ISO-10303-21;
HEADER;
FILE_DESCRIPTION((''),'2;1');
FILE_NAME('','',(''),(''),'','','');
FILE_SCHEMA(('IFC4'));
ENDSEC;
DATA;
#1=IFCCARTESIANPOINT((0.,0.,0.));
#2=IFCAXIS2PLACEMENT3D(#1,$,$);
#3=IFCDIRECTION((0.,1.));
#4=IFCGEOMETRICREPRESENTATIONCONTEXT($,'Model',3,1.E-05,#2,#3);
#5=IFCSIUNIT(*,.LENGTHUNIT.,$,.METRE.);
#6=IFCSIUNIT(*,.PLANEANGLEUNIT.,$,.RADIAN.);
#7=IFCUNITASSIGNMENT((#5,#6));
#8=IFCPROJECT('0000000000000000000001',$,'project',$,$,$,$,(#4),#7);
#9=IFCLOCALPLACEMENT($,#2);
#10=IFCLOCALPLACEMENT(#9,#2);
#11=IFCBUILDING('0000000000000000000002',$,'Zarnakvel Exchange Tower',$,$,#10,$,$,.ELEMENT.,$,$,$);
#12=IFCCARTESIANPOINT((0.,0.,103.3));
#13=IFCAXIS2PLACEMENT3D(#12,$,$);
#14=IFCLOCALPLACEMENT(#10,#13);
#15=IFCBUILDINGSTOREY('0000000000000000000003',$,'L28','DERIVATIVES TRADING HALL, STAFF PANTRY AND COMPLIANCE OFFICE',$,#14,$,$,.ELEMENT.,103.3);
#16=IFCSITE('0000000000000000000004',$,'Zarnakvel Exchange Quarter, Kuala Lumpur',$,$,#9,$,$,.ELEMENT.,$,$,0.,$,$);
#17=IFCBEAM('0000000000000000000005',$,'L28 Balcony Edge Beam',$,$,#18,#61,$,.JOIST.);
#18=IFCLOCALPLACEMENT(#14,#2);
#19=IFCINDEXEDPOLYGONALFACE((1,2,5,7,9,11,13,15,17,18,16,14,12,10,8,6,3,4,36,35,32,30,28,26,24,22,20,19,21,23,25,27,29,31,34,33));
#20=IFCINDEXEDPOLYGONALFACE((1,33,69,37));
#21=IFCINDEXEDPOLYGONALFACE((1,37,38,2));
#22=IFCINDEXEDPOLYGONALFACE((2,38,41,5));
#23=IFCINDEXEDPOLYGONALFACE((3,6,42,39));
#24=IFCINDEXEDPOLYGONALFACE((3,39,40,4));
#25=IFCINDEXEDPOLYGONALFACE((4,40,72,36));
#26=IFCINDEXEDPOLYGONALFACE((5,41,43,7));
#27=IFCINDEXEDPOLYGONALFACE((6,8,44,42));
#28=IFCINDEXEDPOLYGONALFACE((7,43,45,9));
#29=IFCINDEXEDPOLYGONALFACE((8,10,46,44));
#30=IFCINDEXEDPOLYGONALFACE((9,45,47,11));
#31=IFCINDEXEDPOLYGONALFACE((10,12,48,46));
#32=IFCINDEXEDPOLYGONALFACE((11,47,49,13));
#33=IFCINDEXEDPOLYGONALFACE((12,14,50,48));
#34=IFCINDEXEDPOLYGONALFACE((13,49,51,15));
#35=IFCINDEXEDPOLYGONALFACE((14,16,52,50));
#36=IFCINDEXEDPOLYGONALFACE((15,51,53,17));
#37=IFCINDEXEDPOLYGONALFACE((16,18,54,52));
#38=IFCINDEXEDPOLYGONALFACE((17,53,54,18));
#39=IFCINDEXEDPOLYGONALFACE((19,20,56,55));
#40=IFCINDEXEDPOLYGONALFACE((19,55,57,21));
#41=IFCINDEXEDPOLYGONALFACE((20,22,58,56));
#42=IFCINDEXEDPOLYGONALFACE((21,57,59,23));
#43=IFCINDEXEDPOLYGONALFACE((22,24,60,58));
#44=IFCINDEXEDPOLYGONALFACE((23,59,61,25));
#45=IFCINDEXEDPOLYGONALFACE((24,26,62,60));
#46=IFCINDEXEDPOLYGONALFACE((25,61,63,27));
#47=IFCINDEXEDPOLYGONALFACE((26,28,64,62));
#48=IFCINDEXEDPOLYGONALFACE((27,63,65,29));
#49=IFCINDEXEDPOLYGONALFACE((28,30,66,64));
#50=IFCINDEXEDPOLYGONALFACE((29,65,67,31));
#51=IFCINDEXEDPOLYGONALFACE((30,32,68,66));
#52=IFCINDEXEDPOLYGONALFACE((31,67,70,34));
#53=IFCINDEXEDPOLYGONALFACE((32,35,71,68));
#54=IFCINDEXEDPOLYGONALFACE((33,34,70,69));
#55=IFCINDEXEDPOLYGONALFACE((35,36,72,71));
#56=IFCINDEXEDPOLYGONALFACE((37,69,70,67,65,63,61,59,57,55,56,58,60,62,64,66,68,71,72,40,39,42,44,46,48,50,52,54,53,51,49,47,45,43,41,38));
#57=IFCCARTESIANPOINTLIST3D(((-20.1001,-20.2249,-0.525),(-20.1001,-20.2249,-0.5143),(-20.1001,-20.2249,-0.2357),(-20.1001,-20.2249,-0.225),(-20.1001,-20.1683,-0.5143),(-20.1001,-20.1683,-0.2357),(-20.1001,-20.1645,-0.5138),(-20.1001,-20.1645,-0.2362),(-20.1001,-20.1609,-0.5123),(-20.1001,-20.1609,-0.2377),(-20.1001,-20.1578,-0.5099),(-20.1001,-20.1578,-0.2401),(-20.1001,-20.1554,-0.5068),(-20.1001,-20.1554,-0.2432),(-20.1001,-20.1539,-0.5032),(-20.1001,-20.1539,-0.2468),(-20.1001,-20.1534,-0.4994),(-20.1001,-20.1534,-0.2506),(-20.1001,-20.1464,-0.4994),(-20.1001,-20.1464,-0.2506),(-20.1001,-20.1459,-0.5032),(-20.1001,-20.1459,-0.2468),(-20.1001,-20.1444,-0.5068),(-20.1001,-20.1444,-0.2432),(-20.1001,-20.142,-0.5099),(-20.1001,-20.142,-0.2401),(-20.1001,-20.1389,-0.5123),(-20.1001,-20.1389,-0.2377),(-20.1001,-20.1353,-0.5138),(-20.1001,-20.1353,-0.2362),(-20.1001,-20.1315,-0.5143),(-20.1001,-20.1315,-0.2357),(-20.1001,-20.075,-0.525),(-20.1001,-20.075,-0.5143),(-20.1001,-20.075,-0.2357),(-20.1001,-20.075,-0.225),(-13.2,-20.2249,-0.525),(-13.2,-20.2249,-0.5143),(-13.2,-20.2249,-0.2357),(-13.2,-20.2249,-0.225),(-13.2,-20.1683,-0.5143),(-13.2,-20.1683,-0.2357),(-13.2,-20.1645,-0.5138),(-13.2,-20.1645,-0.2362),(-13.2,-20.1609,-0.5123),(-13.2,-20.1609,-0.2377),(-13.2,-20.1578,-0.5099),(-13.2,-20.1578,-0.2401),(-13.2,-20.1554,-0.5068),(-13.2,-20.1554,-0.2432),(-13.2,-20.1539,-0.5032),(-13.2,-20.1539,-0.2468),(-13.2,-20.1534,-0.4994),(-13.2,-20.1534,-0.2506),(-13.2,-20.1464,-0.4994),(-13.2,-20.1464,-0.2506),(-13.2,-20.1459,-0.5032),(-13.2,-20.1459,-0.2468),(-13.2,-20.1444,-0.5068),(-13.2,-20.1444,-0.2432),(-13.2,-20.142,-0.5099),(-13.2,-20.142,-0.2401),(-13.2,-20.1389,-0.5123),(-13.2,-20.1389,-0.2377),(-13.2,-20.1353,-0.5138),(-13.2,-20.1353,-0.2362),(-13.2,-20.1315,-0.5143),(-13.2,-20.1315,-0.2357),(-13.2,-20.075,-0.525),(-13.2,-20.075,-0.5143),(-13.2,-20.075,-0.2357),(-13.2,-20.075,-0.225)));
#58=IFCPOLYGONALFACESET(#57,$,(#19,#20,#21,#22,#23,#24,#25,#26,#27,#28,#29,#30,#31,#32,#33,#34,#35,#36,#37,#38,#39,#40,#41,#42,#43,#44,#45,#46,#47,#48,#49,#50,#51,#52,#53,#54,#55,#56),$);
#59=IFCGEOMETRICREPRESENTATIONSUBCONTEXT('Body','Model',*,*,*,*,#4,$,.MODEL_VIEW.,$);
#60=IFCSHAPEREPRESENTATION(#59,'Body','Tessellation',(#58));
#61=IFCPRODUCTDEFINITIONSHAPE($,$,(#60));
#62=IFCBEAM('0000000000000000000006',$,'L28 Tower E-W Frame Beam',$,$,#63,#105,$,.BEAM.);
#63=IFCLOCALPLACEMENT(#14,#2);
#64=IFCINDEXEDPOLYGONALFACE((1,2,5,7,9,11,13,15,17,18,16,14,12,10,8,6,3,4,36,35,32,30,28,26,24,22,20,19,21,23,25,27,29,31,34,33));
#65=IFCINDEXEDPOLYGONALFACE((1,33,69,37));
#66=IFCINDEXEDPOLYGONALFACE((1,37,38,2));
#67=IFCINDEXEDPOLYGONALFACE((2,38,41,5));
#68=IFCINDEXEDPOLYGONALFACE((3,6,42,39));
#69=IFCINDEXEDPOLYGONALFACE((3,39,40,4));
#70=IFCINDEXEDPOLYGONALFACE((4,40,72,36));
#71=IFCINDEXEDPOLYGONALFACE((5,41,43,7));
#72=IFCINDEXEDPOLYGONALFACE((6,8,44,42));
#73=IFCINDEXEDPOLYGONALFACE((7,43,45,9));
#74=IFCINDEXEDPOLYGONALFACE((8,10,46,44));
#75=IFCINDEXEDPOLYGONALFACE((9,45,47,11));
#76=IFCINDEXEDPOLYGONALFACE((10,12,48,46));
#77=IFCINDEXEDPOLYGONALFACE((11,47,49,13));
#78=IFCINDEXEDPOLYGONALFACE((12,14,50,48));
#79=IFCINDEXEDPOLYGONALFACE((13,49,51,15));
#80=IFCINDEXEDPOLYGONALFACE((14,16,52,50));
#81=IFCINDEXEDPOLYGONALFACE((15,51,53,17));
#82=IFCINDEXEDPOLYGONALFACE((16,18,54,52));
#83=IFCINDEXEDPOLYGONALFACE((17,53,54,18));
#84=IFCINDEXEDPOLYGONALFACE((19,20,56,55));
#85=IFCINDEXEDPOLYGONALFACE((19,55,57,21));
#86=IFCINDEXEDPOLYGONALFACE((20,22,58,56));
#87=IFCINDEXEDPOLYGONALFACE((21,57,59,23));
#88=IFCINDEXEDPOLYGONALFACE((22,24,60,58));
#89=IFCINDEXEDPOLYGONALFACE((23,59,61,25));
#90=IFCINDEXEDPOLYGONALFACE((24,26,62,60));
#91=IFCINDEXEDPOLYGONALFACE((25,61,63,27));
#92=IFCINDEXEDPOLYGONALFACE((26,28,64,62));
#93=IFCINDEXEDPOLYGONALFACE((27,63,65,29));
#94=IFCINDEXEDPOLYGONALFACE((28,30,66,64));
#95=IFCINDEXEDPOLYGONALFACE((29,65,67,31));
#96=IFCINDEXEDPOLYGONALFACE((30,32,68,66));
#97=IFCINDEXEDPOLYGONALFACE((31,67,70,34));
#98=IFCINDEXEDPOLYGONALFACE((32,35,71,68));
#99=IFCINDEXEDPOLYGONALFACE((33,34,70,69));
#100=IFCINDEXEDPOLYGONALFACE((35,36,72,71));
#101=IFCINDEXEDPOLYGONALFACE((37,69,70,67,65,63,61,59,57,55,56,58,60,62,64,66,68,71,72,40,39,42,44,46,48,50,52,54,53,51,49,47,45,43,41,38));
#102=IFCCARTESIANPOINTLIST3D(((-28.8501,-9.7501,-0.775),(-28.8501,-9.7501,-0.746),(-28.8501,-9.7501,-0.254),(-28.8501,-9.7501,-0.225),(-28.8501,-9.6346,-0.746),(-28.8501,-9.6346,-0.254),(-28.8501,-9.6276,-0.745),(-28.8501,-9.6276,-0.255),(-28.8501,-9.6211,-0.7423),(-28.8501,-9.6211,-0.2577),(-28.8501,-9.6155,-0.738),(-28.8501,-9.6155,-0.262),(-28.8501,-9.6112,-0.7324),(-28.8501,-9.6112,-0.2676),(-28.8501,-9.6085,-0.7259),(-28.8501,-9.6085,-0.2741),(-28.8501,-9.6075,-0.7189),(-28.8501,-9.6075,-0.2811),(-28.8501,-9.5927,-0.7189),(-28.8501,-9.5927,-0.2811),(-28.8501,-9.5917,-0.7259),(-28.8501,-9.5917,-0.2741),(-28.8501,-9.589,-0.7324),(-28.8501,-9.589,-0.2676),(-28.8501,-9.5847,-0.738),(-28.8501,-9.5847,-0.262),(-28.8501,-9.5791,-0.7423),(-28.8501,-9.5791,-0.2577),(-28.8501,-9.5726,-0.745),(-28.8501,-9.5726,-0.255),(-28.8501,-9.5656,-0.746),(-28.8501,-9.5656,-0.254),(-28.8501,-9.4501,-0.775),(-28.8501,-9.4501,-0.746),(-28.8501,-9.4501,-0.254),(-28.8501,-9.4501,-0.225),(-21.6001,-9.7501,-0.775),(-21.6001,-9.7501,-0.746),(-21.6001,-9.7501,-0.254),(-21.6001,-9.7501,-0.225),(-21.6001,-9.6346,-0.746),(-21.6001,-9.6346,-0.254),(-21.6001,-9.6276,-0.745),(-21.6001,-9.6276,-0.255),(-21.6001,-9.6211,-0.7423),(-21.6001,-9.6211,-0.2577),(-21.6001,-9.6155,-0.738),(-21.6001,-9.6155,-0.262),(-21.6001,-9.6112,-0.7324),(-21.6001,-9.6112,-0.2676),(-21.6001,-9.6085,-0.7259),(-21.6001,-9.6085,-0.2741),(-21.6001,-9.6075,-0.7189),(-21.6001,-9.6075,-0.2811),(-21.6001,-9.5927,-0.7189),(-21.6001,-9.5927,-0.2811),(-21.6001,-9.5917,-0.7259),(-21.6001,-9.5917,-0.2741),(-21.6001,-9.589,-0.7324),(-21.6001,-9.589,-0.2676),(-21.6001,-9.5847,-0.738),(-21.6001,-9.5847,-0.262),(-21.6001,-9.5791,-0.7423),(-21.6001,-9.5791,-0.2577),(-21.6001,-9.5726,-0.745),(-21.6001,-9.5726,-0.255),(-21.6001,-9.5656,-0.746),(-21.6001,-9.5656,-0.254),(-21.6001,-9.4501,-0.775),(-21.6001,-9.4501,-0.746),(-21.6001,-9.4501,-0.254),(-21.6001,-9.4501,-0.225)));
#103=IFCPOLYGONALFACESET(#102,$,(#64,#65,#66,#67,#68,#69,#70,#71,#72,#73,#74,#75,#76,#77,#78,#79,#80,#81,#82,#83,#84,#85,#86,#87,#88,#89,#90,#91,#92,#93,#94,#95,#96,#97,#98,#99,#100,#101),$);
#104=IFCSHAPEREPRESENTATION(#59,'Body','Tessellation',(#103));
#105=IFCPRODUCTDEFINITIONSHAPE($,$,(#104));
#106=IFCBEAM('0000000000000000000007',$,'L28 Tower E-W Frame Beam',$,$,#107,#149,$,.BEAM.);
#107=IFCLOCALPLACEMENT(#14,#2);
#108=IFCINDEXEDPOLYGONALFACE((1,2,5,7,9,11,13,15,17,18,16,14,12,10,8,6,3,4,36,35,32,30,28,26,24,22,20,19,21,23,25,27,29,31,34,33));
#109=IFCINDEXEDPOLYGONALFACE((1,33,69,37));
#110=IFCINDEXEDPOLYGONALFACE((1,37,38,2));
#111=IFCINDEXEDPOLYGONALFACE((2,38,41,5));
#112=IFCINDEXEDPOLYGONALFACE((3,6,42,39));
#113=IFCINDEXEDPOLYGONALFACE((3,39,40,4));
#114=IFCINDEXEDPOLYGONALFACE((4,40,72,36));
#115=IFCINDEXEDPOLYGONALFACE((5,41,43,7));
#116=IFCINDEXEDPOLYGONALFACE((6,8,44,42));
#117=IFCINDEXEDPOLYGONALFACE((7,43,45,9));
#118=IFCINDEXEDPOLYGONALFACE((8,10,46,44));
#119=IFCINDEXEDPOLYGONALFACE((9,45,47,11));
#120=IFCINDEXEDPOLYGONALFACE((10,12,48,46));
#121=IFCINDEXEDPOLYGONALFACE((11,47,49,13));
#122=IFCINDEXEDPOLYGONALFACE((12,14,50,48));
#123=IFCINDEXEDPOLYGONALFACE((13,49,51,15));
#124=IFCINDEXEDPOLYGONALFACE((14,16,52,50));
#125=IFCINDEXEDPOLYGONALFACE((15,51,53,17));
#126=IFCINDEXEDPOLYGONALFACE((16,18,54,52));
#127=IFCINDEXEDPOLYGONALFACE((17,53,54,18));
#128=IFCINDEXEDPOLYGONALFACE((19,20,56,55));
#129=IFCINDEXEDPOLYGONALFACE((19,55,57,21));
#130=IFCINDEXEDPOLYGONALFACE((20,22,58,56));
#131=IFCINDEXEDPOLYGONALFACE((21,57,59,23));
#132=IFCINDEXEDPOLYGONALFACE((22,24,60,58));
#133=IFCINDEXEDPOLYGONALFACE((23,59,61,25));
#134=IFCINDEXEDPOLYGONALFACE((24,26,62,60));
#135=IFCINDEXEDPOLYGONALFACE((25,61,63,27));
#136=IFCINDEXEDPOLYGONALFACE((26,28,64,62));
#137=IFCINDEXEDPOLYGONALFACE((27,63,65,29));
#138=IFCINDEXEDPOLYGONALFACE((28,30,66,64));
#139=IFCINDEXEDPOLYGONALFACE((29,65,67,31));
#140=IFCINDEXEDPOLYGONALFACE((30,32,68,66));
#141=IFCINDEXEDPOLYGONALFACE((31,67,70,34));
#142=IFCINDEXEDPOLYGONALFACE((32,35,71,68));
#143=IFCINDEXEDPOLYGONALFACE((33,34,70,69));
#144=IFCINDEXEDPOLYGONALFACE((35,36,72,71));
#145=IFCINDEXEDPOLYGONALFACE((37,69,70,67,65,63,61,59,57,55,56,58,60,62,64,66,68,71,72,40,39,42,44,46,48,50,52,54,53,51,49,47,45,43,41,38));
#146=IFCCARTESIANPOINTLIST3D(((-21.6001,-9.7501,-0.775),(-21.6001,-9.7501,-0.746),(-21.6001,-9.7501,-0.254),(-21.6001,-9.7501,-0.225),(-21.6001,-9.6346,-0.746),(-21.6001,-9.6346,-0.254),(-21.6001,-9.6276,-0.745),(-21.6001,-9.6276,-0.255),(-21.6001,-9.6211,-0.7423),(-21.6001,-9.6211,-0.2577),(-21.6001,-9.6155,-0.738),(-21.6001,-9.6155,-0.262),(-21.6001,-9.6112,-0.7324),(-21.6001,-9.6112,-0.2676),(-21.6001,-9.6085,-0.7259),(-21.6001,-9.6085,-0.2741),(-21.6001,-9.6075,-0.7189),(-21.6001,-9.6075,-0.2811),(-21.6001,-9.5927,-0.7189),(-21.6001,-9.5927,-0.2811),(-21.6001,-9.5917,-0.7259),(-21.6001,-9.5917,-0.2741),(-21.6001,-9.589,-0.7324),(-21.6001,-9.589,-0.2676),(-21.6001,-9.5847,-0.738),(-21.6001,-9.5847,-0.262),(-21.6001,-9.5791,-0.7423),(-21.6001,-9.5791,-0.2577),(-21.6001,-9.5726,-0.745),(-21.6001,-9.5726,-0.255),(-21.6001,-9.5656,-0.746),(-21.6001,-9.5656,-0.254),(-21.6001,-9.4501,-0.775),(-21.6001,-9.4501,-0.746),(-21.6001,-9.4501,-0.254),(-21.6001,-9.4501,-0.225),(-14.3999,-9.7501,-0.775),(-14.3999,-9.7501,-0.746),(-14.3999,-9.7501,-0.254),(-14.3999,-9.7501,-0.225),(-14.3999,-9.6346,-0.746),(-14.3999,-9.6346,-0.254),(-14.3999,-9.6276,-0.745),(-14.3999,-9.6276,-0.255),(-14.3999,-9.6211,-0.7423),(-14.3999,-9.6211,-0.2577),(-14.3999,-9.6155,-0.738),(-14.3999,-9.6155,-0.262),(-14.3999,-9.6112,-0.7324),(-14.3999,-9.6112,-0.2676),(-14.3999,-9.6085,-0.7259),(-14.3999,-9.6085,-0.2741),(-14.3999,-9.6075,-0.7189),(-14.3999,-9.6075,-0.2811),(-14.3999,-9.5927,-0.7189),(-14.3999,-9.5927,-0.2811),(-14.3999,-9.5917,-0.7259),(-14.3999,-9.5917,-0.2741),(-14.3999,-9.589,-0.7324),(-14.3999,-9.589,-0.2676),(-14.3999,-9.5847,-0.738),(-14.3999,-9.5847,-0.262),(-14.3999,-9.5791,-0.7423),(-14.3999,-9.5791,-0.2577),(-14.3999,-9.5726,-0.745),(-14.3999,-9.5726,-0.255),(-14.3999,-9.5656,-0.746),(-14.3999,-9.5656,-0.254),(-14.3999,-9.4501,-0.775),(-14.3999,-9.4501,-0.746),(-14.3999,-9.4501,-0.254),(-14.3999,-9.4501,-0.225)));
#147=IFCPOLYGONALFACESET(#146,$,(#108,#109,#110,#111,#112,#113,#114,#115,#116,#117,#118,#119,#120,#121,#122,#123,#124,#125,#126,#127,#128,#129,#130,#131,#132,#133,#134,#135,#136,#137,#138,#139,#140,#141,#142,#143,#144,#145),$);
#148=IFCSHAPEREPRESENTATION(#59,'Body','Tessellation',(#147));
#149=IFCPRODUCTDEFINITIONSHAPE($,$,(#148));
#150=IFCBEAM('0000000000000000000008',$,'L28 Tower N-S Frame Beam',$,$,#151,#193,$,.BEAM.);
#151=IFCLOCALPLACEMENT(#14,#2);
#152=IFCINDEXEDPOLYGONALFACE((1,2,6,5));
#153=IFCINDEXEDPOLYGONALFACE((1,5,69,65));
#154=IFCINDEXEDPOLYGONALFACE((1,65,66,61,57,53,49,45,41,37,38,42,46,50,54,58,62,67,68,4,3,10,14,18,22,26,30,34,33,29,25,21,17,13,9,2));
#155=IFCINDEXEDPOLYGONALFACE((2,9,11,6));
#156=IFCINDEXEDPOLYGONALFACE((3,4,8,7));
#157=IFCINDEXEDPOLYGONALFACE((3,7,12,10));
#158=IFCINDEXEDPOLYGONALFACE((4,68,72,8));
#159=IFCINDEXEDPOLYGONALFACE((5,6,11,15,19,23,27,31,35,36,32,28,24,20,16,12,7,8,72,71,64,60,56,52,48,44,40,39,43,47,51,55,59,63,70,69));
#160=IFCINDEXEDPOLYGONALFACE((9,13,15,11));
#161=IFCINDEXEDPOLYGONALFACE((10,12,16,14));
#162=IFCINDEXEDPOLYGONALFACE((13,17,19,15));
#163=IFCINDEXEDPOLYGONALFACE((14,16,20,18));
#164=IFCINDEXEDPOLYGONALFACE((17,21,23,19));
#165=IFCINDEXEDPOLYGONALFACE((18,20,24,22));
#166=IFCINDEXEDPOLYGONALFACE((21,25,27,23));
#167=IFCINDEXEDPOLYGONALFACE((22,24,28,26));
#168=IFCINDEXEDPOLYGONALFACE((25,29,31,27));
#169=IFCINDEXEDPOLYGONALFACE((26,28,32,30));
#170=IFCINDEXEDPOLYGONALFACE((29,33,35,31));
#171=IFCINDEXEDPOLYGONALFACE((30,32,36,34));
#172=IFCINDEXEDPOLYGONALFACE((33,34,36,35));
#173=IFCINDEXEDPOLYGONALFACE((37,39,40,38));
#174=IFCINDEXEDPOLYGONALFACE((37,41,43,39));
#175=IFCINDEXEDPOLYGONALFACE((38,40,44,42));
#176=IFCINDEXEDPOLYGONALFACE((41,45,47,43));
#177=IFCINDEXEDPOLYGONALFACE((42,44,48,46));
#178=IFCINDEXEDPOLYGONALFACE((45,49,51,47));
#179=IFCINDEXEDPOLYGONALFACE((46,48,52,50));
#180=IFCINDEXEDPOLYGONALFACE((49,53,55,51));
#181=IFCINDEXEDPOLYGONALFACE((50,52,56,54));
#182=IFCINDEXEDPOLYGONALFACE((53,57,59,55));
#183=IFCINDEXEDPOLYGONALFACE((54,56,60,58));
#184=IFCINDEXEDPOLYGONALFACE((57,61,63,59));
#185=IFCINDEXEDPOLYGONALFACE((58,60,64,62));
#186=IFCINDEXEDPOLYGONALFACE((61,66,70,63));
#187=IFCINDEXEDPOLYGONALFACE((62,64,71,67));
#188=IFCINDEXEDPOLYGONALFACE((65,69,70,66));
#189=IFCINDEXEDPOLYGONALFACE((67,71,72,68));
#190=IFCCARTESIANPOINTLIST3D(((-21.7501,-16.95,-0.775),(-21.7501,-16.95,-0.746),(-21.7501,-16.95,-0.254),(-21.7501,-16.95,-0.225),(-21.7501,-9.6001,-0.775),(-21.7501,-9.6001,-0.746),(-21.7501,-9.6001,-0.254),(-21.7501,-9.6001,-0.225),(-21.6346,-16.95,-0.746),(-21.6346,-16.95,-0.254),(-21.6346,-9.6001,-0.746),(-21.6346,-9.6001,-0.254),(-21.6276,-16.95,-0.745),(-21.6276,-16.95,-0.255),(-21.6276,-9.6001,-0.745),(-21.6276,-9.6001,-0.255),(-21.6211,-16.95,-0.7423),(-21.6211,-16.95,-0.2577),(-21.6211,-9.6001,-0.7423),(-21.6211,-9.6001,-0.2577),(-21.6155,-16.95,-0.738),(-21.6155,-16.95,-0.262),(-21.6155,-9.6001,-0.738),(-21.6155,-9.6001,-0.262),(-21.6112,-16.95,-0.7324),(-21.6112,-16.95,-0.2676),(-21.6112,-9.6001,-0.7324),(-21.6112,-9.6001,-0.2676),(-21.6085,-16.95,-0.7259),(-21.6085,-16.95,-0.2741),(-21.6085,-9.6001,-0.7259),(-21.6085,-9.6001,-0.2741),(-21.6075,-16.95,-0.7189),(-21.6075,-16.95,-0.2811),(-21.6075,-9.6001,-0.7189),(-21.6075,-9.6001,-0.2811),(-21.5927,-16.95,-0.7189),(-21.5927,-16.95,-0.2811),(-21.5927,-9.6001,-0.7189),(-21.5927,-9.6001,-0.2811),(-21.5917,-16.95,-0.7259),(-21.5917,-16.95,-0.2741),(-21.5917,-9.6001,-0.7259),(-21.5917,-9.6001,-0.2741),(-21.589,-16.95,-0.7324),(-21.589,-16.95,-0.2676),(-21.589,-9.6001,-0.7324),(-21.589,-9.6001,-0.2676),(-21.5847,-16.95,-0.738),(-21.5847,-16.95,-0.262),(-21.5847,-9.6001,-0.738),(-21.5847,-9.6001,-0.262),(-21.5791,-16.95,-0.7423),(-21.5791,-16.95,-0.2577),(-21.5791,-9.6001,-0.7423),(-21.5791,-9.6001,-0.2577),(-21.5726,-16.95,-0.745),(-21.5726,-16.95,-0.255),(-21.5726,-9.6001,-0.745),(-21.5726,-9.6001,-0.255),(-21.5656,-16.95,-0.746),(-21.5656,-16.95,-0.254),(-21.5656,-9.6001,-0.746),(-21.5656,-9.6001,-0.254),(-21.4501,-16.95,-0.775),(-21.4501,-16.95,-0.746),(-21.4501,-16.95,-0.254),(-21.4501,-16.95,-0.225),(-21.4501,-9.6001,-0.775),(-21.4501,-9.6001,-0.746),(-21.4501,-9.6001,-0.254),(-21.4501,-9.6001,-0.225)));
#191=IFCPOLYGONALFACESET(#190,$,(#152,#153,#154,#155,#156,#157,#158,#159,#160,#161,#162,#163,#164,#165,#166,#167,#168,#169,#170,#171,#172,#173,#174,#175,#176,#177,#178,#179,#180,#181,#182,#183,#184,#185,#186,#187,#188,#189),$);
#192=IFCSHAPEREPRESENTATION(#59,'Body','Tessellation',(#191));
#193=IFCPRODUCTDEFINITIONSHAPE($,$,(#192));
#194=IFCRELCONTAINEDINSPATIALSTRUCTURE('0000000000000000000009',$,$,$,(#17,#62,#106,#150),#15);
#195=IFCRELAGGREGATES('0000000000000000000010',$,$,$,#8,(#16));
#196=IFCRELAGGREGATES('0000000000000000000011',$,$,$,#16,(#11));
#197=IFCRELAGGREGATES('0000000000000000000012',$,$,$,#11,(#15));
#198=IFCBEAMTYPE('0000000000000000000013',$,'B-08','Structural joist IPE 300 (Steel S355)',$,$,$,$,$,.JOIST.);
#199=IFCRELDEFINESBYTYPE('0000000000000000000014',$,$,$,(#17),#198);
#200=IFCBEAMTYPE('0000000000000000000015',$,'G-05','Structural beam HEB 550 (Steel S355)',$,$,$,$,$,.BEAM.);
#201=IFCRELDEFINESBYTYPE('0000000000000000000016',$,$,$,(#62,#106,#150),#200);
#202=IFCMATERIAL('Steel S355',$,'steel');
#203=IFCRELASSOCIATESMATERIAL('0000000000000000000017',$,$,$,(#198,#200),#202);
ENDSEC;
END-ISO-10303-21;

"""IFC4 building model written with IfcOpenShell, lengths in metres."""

from ifc_helpers import new_model, si_unit, direction, frame, origin, origin_2d, place, context, subcontext, project, spatial, i_section, extrude, material, material_profile, profile_set, type_object, element, save


model = new_model("IFC4")

# Units and contexts
model_context = context("Model", 3, precision=1e-05, world=origin(), true_north=direction((0.0, 1.0)))
body_context = subcontext(model_context, "Body", "Model", "MODEL_VIEW")
ifc_project = project(units=[si_unit("LENGTHUNIT", "METRE"), si_unit("PLANEANGLEUNIT", "RADIAN")], contexts=[model_context])

# Site, building, storey
site_placement = place(None, origin())
site = spatial("IfcSite", under=ifc_project, at=site_placement, Name="Zarnakvel Exchange Quarter, Kuala Lumpur", CompositionType="ELEMENT", RefElevation=0.0)
building_placement = place(site_placement, origin())
building = spatial("IfcBuilding", under=site, at=building_placement, Name="Zarnakvel Exchange Tower", CompositionType="ELEMENT")
storey_placement = place(building_placement, frame((0.0, 0.0, 103.3)))
storey = spatial("IfcBuildingStorey", under=building, at=storey_placement, Name="L28", Description="DERIVATIVES TRADING HALL, STAFF PANTRY AND COMPLIANCE OFFICE", CompositionType="ELEMENT", Elevation=103.3)

# Shared definitions
ifc_material_1 = material(Name="Steel S355", Category="steel")

# Beams
ifc_material_profile_1 = material_profile(ifc_material_1, i_section(OverallWidth=0.1499, OverallDepth=0.3, WebThickness=0.0071, FlangeThickness=0.0107, FilletRadius=0.0149, at=origin_2d()))
ifc_profile_set_1 = profile_set([ifc_material_profile_1], Name="Steel S355")
beam_type_1 = type_object("IfcBeamType", Name="B-08", Description="Structural joist IPE 300 (Steel S355)", PredefinedType="JOIST", material=ifc_profile_set_1)
beam_1_placement = place(storey_placement, frame((-20.1001, -20.1499, -0.375), z_axis=(1.0, 0.0, 0.0), x_axis=(0.0, 1.0, 0.0)))
element("IfcBeam", 1, at=beam_1_placement, inside=storey, type_object=beam_type_1, Name="L28 Balcony Edge Beam", PredefinedType="JOIST", context=body_context, shape_type="SweptSolid", body=[
    extrude(i_section(OverallWidth=0.1499, OverallDepth=0.3, WebThickness=0.0071, FlangeThickness=0.0107, FilletRadius=0.0149, at=origin_2d()), origin(), (0.0, 0.0, 1.0), 6.9001),
])
ifc_material_profile_2 = material_profile(ifc_material_1, i_section(OverallWidth=0.3, OverallDepth=0.55, WebThickness=0.0149, FlangeThickness=0.0291, FilletRadius=0.0271, at=origin_2d()))
ifc_profile_set_2 = profile_set([ifc_material_profile_2], Name="Steel S355")
beam_type_2 = type_object("IfcBeamType", Name="G-05", Description="Structural beam HEB 550 (Steel S355)", PredefinedType="BEAM", material=ifc_profile_set_2)
beam_2_placement = place(storey_placement, frame((-28.8501, -9.6001, -0.5), z_axis=(1.0, 0.0, 0.0), x_axis=(0.0, 1.0, 0.0)))
element("IfcBeam", 2, at=beam_2_placement, inside=storey, type_object=beam_type_2, Name="L28 Tower E-W Frame Beam", PredefinedType="BEAM", context=body_context, shape_type="SweptSolid", body=[
    extrude(i_section(OverallWidth=0.3, OverallDepth=0.55, WebThickness=0.0149, FlangeThickness=0.0291, FilletRadius=0.0271, at=origin_2d()), origin(), (0.0, 0.0, 1.0), 7.25),
])
beam_3_placement = place(storey_placement, frame((-21.6001, -9.6001, -0.5), z_axis=(1.0, 0.0, 0.0), x_axis=(0.0, 1.0, 0.0)))
element("IfcBeam", 3, at=beam_3_placement, inside=storey, type_object=beam_type_2, Name="L28 Tower E-W Frame Beam", PredefinedType="BEAM", context=body_context, shape_type="SweptSolid", body=[
    extrude(i_section(OverallWidth=0.3, OverallDepth=0.55, WebThickness=0.0149, FlangeThickness=0.0291, FilletRadius=0.0271, at=origin_2d()), origin(), (0.0, 0.0, 1.0), 7.2002),
])
beam_4_placement = place(storey_placement, frame((-21.6001, -16.95, -0.5), z_axis=(0.0, 1.0, 0.0), x_axis=(-1.0, 0.0, 0.0)))
element("IfcBeam", 4, at=beam_4_placement, inside=storey, type_object=beam_type_2, Name="L28 Tower N-S Frame Beam", PredefinedType="BEAM", context=body_context, shape_type="SweptSolid", body=[
    extrude(i_section(OverallWidth=0.3, OverallDepth=0.55, WebThickness=0.0149, FlangeThickness=0.0291, FilletRadius=0.0271, at=origin_2d()), origin(), (0.0, 0.0, 1.0), 7.3499),
])

save(model, "model.ifc")
